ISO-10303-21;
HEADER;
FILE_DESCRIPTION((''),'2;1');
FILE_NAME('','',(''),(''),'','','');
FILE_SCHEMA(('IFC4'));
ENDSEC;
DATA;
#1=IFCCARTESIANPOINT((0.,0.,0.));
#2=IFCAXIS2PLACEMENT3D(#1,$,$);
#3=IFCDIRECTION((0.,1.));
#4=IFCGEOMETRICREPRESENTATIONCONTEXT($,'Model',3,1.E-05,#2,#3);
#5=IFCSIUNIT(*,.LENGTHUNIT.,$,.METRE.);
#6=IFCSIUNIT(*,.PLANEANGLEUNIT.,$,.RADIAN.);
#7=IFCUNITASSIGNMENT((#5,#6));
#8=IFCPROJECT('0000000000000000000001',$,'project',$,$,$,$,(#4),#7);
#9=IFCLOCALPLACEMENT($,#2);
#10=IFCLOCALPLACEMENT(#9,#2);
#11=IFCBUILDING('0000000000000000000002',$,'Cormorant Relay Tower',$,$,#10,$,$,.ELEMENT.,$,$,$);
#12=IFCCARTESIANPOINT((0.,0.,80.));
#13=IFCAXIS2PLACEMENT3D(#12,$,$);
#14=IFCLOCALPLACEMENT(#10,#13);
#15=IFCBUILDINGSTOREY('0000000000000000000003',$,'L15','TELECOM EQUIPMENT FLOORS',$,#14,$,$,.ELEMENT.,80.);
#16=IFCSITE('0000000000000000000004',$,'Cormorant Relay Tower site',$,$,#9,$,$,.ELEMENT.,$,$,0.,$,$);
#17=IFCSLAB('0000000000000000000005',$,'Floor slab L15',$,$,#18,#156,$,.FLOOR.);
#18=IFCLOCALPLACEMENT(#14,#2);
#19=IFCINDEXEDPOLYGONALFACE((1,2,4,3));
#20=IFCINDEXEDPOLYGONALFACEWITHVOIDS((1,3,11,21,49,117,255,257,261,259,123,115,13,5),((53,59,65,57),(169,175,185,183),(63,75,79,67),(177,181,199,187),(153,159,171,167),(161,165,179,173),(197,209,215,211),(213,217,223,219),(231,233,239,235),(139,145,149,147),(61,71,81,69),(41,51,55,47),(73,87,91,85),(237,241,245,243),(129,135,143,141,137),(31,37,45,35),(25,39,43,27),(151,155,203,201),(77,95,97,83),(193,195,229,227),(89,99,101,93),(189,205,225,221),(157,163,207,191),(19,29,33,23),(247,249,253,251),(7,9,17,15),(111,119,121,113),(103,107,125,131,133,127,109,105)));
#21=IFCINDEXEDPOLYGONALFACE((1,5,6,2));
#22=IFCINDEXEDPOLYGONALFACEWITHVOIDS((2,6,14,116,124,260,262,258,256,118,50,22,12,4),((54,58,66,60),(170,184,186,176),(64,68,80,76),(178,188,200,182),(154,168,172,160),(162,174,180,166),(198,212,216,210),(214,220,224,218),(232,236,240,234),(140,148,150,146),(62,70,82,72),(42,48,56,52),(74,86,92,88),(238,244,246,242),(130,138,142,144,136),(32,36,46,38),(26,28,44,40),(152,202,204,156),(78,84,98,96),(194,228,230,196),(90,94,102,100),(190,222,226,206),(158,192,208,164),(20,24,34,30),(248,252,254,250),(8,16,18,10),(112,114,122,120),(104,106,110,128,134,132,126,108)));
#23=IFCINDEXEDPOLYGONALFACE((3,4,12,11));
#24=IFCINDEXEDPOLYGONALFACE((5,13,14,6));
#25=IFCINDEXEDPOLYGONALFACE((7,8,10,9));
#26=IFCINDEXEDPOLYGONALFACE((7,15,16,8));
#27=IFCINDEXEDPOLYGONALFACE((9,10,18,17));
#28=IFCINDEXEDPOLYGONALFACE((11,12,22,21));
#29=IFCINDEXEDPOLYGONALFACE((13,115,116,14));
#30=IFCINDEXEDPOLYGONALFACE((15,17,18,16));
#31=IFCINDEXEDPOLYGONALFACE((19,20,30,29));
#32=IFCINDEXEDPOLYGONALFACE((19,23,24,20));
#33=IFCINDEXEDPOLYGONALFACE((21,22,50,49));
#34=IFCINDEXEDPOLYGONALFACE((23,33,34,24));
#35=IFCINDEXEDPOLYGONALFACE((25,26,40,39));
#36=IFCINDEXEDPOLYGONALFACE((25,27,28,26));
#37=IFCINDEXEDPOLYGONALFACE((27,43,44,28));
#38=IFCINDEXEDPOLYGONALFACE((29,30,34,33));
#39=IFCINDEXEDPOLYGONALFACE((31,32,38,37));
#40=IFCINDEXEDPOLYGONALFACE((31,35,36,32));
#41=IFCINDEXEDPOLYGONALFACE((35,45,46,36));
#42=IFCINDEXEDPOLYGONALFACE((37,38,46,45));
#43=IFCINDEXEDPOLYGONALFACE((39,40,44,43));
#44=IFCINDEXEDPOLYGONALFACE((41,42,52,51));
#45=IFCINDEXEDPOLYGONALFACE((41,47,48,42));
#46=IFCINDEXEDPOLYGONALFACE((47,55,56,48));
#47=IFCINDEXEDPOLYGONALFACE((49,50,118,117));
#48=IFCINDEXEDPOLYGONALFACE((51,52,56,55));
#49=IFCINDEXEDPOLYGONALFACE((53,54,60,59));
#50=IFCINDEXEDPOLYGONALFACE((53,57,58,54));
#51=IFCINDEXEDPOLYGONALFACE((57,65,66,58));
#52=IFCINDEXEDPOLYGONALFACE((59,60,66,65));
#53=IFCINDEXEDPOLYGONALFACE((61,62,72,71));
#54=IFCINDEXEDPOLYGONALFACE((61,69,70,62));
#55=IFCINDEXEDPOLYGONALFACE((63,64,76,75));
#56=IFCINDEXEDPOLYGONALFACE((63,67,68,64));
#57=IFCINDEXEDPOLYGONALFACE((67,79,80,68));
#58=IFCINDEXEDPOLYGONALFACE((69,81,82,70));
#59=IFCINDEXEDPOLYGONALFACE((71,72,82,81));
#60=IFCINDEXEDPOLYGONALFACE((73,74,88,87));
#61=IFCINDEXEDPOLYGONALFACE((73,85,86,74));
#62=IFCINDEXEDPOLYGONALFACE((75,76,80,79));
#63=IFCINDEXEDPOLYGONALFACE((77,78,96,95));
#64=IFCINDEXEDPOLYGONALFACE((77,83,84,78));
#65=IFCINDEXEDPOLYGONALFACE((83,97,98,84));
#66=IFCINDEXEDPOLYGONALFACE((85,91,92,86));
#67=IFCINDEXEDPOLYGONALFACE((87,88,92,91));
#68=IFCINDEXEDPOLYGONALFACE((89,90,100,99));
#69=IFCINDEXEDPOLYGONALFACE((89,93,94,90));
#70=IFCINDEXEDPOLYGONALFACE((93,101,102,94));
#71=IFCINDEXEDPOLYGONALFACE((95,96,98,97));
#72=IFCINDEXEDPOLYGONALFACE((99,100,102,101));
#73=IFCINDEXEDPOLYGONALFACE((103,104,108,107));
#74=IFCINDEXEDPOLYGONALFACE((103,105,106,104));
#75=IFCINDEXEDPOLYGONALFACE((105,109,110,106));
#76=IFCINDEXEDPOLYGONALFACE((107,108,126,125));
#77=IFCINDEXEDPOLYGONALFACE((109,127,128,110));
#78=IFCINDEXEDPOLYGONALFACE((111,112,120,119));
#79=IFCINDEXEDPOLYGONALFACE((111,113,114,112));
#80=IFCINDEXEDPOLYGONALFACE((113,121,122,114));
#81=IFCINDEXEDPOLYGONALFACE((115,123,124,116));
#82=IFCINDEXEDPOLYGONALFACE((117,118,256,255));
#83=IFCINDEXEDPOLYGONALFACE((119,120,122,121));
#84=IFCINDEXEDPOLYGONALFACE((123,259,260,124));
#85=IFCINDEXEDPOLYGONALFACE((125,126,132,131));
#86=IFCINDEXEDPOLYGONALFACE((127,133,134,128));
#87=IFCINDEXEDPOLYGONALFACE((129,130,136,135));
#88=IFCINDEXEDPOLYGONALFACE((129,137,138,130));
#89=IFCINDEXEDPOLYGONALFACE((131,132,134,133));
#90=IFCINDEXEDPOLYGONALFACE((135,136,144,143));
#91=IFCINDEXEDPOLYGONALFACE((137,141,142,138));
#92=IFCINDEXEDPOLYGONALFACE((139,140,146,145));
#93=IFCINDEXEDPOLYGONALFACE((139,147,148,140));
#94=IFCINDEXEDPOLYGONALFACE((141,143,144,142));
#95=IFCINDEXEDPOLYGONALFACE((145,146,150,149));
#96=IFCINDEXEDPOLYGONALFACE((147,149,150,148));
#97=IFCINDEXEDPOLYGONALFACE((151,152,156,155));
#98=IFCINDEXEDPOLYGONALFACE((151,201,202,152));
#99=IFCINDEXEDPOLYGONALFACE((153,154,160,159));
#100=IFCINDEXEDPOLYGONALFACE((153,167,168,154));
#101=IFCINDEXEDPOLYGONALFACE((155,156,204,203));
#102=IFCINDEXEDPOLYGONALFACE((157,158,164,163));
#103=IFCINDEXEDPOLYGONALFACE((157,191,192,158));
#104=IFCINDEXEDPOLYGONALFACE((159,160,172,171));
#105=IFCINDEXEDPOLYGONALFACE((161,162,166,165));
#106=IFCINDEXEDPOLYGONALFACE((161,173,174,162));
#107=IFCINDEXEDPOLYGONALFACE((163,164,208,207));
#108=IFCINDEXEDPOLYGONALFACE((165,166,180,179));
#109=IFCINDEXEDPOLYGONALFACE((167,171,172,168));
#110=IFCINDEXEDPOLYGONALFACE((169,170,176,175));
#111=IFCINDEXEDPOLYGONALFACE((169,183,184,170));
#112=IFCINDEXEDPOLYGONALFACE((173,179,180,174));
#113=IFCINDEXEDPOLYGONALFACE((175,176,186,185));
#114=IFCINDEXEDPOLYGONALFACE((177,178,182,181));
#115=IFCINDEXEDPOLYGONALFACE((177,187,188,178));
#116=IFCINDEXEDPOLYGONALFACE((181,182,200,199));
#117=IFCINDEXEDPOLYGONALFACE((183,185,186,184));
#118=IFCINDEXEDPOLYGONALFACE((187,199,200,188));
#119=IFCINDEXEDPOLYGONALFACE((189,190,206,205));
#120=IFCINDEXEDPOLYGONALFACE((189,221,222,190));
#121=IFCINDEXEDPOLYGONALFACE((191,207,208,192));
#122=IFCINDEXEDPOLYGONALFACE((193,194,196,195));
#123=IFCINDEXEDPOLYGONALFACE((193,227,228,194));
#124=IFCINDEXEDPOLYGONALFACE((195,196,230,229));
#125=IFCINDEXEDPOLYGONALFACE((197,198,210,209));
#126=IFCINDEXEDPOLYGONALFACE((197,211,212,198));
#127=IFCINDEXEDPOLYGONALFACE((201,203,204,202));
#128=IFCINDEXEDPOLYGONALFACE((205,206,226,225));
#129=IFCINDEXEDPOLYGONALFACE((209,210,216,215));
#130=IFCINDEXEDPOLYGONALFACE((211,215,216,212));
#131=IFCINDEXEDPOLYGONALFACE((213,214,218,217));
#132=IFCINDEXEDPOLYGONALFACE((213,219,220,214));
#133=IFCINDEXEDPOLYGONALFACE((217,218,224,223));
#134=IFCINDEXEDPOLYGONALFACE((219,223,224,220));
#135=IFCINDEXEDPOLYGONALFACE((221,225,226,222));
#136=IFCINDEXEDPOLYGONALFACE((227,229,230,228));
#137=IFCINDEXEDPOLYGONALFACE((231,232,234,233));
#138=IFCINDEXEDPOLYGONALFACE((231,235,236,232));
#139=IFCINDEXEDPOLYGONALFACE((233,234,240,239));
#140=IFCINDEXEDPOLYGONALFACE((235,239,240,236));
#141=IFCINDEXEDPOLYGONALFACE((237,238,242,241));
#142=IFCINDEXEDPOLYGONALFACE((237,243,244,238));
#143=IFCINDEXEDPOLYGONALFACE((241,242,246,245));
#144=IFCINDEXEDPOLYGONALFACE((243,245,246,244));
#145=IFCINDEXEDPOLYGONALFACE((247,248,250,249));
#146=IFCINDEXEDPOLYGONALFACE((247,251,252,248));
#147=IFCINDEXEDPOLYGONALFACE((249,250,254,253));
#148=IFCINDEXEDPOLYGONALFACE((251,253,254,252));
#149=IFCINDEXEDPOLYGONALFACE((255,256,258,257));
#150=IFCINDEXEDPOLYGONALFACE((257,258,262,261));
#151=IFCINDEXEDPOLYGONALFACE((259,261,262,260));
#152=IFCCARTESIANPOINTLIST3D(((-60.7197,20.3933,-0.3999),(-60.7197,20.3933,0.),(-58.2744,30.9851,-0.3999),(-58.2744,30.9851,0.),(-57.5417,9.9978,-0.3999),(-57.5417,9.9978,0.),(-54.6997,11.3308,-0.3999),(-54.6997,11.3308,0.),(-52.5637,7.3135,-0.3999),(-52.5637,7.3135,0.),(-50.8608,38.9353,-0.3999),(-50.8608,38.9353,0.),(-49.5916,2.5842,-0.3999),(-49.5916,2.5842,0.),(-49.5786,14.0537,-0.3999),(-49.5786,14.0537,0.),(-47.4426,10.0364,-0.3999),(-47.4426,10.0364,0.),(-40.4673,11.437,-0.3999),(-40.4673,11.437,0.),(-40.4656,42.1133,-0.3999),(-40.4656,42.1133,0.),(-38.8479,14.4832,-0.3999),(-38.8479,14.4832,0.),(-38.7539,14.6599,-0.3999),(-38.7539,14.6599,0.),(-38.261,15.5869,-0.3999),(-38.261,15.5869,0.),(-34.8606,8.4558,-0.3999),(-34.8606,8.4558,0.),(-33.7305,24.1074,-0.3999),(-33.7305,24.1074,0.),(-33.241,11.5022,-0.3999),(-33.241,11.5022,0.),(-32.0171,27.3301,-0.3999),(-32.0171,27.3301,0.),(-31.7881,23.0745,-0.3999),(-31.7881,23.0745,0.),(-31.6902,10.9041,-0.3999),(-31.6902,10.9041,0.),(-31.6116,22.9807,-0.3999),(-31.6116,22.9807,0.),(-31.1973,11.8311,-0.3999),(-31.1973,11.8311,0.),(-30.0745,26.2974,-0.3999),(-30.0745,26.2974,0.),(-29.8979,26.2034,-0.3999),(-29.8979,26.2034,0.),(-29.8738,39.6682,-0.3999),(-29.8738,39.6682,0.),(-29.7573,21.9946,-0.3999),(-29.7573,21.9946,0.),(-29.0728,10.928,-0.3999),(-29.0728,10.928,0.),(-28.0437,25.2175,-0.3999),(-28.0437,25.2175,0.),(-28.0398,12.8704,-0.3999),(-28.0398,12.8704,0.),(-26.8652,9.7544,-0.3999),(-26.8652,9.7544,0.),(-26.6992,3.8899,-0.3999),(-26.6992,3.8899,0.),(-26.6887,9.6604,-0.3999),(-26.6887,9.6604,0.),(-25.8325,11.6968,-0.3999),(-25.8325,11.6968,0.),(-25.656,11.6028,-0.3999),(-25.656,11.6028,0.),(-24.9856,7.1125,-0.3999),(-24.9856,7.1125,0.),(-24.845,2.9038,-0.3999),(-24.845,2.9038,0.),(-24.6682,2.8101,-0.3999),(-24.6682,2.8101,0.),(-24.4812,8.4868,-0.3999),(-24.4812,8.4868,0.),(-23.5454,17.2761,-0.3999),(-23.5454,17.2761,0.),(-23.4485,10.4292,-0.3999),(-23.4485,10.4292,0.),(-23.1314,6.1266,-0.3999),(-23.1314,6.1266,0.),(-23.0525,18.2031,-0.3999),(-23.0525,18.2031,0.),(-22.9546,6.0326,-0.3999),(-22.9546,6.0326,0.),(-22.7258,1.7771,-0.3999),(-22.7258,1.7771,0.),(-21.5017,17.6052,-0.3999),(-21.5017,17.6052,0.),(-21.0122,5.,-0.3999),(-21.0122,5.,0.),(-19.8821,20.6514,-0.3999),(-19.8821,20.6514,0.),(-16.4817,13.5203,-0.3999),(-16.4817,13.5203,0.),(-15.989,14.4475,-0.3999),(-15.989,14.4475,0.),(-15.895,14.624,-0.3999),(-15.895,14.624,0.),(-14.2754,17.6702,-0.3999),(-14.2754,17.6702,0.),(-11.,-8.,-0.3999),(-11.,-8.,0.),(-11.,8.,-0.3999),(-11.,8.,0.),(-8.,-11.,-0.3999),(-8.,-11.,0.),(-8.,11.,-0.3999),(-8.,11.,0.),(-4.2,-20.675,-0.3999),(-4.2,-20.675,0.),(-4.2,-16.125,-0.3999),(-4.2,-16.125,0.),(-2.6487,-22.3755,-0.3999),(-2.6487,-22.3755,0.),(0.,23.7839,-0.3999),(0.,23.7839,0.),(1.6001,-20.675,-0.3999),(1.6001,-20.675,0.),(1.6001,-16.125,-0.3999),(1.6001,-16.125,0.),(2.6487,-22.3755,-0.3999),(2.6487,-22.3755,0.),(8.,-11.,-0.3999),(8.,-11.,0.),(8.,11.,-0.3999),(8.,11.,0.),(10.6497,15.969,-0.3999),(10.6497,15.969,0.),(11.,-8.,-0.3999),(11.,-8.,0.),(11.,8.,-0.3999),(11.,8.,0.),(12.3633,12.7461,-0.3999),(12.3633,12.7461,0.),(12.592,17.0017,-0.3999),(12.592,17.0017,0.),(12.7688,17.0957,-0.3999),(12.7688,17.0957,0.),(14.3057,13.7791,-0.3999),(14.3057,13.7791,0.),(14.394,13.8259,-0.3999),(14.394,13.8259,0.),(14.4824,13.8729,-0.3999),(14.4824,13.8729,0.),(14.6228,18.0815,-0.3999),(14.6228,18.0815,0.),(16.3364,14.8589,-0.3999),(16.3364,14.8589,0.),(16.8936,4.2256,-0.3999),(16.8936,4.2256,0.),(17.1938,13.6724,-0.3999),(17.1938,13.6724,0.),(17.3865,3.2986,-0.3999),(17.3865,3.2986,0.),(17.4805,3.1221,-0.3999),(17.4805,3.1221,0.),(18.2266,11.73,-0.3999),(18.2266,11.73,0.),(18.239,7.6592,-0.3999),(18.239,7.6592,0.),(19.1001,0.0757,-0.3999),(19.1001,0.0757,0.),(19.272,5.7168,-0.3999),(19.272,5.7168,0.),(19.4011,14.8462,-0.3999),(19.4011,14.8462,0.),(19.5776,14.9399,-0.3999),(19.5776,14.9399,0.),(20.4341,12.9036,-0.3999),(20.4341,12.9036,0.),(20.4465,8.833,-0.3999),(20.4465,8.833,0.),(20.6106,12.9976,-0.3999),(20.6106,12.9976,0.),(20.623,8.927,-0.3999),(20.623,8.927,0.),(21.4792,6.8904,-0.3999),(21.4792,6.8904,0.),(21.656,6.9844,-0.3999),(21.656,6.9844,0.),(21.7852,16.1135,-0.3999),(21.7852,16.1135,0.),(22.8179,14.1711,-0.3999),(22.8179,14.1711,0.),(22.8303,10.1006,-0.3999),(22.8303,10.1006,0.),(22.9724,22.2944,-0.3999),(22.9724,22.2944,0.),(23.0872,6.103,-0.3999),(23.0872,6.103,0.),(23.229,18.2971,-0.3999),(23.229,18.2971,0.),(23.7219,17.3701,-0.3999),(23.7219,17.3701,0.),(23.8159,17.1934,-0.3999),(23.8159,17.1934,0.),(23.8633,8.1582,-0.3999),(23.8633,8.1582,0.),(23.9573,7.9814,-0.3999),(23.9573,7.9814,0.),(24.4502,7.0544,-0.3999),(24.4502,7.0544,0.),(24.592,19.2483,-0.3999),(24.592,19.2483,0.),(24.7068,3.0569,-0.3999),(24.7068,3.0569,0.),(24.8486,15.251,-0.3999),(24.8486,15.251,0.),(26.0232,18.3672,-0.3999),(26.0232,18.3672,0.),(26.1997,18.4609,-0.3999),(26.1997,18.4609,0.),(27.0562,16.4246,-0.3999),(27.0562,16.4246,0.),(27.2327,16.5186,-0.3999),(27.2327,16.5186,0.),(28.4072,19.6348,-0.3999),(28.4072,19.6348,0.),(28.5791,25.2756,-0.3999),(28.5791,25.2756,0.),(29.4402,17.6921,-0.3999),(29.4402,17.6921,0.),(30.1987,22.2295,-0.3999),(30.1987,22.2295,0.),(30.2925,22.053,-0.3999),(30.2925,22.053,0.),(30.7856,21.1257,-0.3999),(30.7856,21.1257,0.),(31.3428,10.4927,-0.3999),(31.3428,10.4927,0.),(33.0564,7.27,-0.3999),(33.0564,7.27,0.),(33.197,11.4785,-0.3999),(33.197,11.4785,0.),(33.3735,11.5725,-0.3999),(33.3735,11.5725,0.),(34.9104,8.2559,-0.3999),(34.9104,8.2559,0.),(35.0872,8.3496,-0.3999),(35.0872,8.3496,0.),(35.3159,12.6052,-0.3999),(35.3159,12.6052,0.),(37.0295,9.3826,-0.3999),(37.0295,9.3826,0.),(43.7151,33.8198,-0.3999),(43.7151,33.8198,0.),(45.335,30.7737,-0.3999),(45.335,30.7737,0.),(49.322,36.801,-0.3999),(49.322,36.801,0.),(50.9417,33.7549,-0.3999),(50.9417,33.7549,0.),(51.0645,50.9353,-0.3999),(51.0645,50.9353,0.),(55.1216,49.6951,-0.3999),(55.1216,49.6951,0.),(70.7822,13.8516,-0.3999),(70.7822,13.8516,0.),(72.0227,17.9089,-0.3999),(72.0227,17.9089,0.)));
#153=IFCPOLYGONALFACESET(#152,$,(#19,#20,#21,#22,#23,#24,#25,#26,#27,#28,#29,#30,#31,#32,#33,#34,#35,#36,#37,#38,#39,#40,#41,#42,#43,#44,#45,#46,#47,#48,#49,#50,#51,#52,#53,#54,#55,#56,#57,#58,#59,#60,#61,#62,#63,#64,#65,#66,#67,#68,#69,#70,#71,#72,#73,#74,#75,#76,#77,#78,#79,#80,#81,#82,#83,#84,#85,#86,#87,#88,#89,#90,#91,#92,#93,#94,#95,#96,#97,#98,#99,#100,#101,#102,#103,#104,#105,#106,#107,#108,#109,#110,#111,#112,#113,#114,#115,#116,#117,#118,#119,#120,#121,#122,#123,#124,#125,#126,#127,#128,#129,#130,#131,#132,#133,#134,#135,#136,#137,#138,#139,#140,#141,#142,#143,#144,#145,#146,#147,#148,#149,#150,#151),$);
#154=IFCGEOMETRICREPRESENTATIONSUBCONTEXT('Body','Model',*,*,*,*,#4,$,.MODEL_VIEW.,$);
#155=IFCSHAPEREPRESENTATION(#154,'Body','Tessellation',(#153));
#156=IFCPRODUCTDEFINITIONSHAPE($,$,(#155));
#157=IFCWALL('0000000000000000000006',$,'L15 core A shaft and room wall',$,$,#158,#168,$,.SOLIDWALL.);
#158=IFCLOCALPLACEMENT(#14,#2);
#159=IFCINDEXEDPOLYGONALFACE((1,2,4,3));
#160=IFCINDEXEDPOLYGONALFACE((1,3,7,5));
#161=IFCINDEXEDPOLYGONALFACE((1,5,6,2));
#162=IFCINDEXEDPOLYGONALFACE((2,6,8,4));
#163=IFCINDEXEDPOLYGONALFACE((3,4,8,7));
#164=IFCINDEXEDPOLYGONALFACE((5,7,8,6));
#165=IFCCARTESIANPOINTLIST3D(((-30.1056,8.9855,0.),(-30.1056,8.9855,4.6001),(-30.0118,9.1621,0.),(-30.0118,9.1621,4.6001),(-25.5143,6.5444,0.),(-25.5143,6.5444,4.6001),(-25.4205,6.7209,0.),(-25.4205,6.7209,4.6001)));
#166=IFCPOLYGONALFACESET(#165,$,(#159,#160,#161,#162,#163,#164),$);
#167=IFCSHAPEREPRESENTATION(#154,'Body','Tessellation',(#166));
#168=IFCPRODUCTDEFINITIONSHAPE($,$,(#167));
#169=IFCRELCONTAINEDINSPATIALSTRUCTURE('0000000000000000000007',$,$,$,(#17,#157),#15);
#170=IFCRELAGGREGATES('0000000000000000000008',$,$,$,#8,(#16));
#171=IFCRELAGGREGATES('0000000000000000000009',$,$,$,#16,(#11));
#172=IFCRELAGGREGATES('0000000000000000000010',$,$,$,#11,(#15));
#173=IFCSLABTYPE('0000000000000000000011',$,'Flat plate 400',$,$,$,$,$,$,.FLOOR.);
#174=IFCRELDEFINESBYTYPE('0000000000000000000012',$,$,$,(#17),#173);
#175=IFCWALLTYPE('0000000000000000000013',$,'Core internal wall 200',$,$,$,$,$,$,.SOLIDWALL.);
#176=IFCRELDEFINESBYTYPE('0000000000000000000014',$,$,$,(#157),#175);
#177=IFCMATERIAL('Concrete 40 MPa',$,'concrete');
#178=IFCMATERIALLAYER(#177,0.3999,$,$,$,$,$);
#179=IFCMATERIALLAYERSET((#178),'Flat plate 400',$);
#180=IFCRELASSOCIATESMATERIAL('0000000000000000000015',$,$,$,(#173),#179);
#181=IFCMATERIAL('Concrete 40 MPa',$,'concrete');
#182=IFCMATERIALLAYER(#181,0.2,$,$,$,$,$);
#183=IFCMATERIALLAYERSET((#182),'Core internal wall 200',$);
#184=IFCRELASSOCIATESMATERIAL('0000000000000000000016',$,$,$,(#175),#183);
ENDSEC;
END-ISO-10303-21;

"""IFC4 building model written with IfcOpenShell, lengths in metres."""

from ifc_helpers import new_model, si_unit, direction, frame, frame_2d, origin, place, context, subcontext, project, spatial, polyline, rectangle, outline, extrude, material, layer, layer_set, type_object, element, save


model = new_model("IFC4")

# Units and contexts
model_context = context("Model", 3, precision=1e-05, world=origin(), true_north=direction((0.0, 1.0)))
body_context = subcontext(model_context, "Body", "Model", "MODEL_VIEW")
ifc_project = project(units=[si_unit("LENGTHUNIT", "METRE"), si_unit("PLANEANGLEUNIT", "RADIAN")], contexts=[model_context])

# Site, building, storey
site_placement = place(None, origin())
site = spatial("IfcSite", under=ifc_project, at=site_placement, Name="Cormorant Relay Tower site", CompositionType="ELEMENT", RefElevation=0.0)
building_placement = place(site_placement, origin())
building = spatial("IfcBuilding", under=site, at=building_placement, Name="Cormorant Relay Tower", CompositionType="ELEMENT")
storey_placement = place(building_placement, frame((0.0, 0.0, 80.0)))
storey = spatial("IfcBuildingStorey", under=building, at=storey_placement, Name="L15", Description="TELECOM EQUIPMENT FLOORS", CompositionType="ELEMENT", Elevation=80.0)

# Slab
ifc_material_1 = material(Name="Concrete 40 MPa", Category="concrete")
ifc_layer_1 = layer(ifc_material_1, 0.3999)
ifc_layer_set_1 = layer_set([ifc_layer_1], Name="Flat plate 400")
slab_type_1 = type_object("IfcSlabType", Name="Flat plate 400", PredefinedType="FLOOR", material=ifc_layer_set_1)
slab_1_placement = place(storey_placement, frame((0.0, 0.0, -0.3999)))
element("IfcSlab", 1, at=slab_1_placement, inside=storey, type_object=slab_type_1, Name="Floor slab L15", PredefinedType="FLOOR", context=body_context, shape_type="SweptSolid", body=[
    extrude(outline(polyline([(-60.7197, 20.3933), (-58.2744, 30.9851), (-50.8608, 38.9353), (-40.4656, 42.1133), (-29.8738, 39.6682), (0.0, 23.7839), (51.0645, 50.9353), (55.1216, 49.6951), (72.0227, 17.9089), (70.7822, 13.8516), (2.6487, -22.3755), (-2.6487, -22.3755), (-49.5916, 2.5842), (-57.5417, 9.9978), (-60.7197, 20.3933)]), holes=[polyline([(11.0, -8.0), (11.0, 8.0), (8.0, 11.0), (-8.0, 11.0), (-11.0, 8.0), (-11.0, -8.0), (-8.0, -11.0), (8.0, -11.0), (11.0, -8.0)]), polyline([(-4.2, -16.125), (-4.2, -20.675), (1.6001, -20.675), (1.6001, -16.125), (-4.2, -16.125)]), polyline([(-22.9546, 6.0327), (-24.6682, 2.8101), (-22.7258, 1.7771), (-21.0122, 5.0), (-23.043, 6.0796), (-22.9546, 6.0327)]), polyline([(-24.9856, 7.1125), (-26.6992, 3.8899), (-24.845, 2.9038), (-23.1313, 6.1267), (-23.043, 6.0796), (-24.9856, 7.1125)]), polyline([(-26.6887, 9.6604), (-24.4812, 8.4868), (-23.4485, 10.4292), (-25.656, 11.6028), (-26.6887, 9.6604)]), polyline([(-49.5786, 14.0537), (-54.6997, 11.3308), (-52.5637, 7.3135), (-47.4426, 10.0364), (-49.5786, 14.0537)]), polyline([(-29.0728, 10.928), (-26.8652, 9.7544), (-25.8325, 11.6968), (-28.0398, 12.8704), (-29.0728, 10.928)]), polyline([(-38.8479, 14.4832), (-40.4673, 11.437), (-34.8606, 8.4558), (-33.241, 11.5022), (-38.8479, 14.4832)]), polyline([(-38.261, 15.5869), (-38.7539, 14.6599), (-31.6902, 10.9041), (-31.1973, 11.8311), (-38.261, 15.5869)]), polyline([(14.3057, 13.7791), (12.592, 17.0017), (10.6497, 15.969), (12.3633, 12.7461), (14.394, 13.8259), (14.3057, 13.7791)]), polyline([(16.3364, 14.8589), (14.6228, 18.0815), (12.7688, 17.0957), (14.4824, 13.8728), (14.394, 13.8259), (16.3364, 14.8589)]), polyline([(-16.4817, 13.5203), (-15.989, 14.4475), (-23.0525, 18.2031), (-23.5454, 17.2761), (-16.4817, 13.5203)]), polyline([(-21.5017, 17.6052), (-15.895, 14.624), (-14.2754, 17.6702), (-19.8821, 20.6514), (-21.5017, 17.6052)]), polyline([(-31.6116, 22.9807), (-29.7573, 21.9946), (-28.0437, 25.2175), (-29.8979, 26.2034), (-31.6116, 22.9807)]), polyline([(-33.7305, 24.1074), (-31.7881, 23.0745), (-30.0745, 26.2974), (-32.0171, 27.3301), (-33.7305, 24.1074)]), polyline([(23.0872, 6.103), (17.4805, 3.1221), (19.1001, 0.0757), (24.7068, 3.0569), (23.0872, 6.103)]), polyline([(16.8936, 4.2256), (17.3865, 3.2986), (24.4502, 7.0544), (23.9573, 7.9814), (16.8936, 4.2256)]), polyline([(20.4465, 8.833), (18.239, 7.6592), (19.272, 5.7168), (21.4792, 6.8904), (20.4465, 8.833)]), polyline([(22.8303, 10.1006), (20.623, 8.927), (21.656, 6.9844), (23.8633, 8.1582), (22.8303, 10.1006)]), polyline([(33.197, 11.4785), (31.3428, 10.4927), (33.0564, 7.27), (34.9104, 8.2559), (33.197, 11.4785)]), polyline([(33.3735, 11.5725), (35.0872, 8.3496), (37.0295, 9.3826), (35.3159, 12.6052), (33.3735, 11.5725)]), polyline([(17.1938, 13.6724), (18.2266, 11.73), (20.4341, 12.9036), (19.4011, 14.8462), (17.1938, 13.6724)]), polyline([(21.7852, 16.1135), (19.5776, 14.9399), (20.6106, 12.9976), (22.8179, 14.1711), (21.7852, 16.1135)]), polyline([(26.0232, 18.3672), (23.8159, 17.1934), (24.8486, 15.251), (27.0562, 16.4246), (26.0232, 18.3672)]), polyline([(29.4402, 17.6921), (28.4072, 19.6348), (26.1997, 18.4609), (27.2327, 16.5186), (29.4402, 17.6921)]), polyline([(30.7856, 21.1257), (30.2925, 22.053), (23.229, 18.2971), (23.7219, 17.3701), (30.7856, 21.1257)]), polyline([(24.592, 19.2483), (30.1987, 22.2295), (28.5791, 25.2756), (22.9724, 22.2944), (24.592, 19.2483)]), polyline([(45.335, 30.7737), (50.9417, 33.7549), (49.322, 36.801), (43.7151, 33.8198), (45.335, 30.7737)])]), origin(), (0.0, 0.0, 1.0), 0.3999),
])

# Wall
ifc_material_2 = material(Name="Concrete 40 MPa", Category="concrete")
ifc_layer_2 = layer(ifc_material_2, 0.2)
ifc_layer_set_2 = layer_set([ifc_layer_2], Name="Core internal wall 200")
wall_type_1 = type_object("IfcWallType", Name="Core internal wall 200", PredefinedType="SOLIDWALL", material=ifc_layer_set_2)
wall_1_placement = place(storey_placement, frame((-25.4673, 6.6326, 0.0), z_axis=(0.0, 0.0, 1.0), x_axis=(-0.882954, 0.46946, 0.0)))
element("IfcWall", 2, at=wall_1_placement, inside=storey, type_object=wall_type_1, Name="L15 core A shaft and room wall", PredefinedType="SOLIDWALL", context=body_context, shape_type="SweptSolid", body=[
    extrude(rectangle(XDim=5.2, YDim=0.2, at=frame_2d((2.6001, 0.0))), origin(), (0.0, 0.0, 1.0), 4.6001),
])

save(model, "model.ifc")
